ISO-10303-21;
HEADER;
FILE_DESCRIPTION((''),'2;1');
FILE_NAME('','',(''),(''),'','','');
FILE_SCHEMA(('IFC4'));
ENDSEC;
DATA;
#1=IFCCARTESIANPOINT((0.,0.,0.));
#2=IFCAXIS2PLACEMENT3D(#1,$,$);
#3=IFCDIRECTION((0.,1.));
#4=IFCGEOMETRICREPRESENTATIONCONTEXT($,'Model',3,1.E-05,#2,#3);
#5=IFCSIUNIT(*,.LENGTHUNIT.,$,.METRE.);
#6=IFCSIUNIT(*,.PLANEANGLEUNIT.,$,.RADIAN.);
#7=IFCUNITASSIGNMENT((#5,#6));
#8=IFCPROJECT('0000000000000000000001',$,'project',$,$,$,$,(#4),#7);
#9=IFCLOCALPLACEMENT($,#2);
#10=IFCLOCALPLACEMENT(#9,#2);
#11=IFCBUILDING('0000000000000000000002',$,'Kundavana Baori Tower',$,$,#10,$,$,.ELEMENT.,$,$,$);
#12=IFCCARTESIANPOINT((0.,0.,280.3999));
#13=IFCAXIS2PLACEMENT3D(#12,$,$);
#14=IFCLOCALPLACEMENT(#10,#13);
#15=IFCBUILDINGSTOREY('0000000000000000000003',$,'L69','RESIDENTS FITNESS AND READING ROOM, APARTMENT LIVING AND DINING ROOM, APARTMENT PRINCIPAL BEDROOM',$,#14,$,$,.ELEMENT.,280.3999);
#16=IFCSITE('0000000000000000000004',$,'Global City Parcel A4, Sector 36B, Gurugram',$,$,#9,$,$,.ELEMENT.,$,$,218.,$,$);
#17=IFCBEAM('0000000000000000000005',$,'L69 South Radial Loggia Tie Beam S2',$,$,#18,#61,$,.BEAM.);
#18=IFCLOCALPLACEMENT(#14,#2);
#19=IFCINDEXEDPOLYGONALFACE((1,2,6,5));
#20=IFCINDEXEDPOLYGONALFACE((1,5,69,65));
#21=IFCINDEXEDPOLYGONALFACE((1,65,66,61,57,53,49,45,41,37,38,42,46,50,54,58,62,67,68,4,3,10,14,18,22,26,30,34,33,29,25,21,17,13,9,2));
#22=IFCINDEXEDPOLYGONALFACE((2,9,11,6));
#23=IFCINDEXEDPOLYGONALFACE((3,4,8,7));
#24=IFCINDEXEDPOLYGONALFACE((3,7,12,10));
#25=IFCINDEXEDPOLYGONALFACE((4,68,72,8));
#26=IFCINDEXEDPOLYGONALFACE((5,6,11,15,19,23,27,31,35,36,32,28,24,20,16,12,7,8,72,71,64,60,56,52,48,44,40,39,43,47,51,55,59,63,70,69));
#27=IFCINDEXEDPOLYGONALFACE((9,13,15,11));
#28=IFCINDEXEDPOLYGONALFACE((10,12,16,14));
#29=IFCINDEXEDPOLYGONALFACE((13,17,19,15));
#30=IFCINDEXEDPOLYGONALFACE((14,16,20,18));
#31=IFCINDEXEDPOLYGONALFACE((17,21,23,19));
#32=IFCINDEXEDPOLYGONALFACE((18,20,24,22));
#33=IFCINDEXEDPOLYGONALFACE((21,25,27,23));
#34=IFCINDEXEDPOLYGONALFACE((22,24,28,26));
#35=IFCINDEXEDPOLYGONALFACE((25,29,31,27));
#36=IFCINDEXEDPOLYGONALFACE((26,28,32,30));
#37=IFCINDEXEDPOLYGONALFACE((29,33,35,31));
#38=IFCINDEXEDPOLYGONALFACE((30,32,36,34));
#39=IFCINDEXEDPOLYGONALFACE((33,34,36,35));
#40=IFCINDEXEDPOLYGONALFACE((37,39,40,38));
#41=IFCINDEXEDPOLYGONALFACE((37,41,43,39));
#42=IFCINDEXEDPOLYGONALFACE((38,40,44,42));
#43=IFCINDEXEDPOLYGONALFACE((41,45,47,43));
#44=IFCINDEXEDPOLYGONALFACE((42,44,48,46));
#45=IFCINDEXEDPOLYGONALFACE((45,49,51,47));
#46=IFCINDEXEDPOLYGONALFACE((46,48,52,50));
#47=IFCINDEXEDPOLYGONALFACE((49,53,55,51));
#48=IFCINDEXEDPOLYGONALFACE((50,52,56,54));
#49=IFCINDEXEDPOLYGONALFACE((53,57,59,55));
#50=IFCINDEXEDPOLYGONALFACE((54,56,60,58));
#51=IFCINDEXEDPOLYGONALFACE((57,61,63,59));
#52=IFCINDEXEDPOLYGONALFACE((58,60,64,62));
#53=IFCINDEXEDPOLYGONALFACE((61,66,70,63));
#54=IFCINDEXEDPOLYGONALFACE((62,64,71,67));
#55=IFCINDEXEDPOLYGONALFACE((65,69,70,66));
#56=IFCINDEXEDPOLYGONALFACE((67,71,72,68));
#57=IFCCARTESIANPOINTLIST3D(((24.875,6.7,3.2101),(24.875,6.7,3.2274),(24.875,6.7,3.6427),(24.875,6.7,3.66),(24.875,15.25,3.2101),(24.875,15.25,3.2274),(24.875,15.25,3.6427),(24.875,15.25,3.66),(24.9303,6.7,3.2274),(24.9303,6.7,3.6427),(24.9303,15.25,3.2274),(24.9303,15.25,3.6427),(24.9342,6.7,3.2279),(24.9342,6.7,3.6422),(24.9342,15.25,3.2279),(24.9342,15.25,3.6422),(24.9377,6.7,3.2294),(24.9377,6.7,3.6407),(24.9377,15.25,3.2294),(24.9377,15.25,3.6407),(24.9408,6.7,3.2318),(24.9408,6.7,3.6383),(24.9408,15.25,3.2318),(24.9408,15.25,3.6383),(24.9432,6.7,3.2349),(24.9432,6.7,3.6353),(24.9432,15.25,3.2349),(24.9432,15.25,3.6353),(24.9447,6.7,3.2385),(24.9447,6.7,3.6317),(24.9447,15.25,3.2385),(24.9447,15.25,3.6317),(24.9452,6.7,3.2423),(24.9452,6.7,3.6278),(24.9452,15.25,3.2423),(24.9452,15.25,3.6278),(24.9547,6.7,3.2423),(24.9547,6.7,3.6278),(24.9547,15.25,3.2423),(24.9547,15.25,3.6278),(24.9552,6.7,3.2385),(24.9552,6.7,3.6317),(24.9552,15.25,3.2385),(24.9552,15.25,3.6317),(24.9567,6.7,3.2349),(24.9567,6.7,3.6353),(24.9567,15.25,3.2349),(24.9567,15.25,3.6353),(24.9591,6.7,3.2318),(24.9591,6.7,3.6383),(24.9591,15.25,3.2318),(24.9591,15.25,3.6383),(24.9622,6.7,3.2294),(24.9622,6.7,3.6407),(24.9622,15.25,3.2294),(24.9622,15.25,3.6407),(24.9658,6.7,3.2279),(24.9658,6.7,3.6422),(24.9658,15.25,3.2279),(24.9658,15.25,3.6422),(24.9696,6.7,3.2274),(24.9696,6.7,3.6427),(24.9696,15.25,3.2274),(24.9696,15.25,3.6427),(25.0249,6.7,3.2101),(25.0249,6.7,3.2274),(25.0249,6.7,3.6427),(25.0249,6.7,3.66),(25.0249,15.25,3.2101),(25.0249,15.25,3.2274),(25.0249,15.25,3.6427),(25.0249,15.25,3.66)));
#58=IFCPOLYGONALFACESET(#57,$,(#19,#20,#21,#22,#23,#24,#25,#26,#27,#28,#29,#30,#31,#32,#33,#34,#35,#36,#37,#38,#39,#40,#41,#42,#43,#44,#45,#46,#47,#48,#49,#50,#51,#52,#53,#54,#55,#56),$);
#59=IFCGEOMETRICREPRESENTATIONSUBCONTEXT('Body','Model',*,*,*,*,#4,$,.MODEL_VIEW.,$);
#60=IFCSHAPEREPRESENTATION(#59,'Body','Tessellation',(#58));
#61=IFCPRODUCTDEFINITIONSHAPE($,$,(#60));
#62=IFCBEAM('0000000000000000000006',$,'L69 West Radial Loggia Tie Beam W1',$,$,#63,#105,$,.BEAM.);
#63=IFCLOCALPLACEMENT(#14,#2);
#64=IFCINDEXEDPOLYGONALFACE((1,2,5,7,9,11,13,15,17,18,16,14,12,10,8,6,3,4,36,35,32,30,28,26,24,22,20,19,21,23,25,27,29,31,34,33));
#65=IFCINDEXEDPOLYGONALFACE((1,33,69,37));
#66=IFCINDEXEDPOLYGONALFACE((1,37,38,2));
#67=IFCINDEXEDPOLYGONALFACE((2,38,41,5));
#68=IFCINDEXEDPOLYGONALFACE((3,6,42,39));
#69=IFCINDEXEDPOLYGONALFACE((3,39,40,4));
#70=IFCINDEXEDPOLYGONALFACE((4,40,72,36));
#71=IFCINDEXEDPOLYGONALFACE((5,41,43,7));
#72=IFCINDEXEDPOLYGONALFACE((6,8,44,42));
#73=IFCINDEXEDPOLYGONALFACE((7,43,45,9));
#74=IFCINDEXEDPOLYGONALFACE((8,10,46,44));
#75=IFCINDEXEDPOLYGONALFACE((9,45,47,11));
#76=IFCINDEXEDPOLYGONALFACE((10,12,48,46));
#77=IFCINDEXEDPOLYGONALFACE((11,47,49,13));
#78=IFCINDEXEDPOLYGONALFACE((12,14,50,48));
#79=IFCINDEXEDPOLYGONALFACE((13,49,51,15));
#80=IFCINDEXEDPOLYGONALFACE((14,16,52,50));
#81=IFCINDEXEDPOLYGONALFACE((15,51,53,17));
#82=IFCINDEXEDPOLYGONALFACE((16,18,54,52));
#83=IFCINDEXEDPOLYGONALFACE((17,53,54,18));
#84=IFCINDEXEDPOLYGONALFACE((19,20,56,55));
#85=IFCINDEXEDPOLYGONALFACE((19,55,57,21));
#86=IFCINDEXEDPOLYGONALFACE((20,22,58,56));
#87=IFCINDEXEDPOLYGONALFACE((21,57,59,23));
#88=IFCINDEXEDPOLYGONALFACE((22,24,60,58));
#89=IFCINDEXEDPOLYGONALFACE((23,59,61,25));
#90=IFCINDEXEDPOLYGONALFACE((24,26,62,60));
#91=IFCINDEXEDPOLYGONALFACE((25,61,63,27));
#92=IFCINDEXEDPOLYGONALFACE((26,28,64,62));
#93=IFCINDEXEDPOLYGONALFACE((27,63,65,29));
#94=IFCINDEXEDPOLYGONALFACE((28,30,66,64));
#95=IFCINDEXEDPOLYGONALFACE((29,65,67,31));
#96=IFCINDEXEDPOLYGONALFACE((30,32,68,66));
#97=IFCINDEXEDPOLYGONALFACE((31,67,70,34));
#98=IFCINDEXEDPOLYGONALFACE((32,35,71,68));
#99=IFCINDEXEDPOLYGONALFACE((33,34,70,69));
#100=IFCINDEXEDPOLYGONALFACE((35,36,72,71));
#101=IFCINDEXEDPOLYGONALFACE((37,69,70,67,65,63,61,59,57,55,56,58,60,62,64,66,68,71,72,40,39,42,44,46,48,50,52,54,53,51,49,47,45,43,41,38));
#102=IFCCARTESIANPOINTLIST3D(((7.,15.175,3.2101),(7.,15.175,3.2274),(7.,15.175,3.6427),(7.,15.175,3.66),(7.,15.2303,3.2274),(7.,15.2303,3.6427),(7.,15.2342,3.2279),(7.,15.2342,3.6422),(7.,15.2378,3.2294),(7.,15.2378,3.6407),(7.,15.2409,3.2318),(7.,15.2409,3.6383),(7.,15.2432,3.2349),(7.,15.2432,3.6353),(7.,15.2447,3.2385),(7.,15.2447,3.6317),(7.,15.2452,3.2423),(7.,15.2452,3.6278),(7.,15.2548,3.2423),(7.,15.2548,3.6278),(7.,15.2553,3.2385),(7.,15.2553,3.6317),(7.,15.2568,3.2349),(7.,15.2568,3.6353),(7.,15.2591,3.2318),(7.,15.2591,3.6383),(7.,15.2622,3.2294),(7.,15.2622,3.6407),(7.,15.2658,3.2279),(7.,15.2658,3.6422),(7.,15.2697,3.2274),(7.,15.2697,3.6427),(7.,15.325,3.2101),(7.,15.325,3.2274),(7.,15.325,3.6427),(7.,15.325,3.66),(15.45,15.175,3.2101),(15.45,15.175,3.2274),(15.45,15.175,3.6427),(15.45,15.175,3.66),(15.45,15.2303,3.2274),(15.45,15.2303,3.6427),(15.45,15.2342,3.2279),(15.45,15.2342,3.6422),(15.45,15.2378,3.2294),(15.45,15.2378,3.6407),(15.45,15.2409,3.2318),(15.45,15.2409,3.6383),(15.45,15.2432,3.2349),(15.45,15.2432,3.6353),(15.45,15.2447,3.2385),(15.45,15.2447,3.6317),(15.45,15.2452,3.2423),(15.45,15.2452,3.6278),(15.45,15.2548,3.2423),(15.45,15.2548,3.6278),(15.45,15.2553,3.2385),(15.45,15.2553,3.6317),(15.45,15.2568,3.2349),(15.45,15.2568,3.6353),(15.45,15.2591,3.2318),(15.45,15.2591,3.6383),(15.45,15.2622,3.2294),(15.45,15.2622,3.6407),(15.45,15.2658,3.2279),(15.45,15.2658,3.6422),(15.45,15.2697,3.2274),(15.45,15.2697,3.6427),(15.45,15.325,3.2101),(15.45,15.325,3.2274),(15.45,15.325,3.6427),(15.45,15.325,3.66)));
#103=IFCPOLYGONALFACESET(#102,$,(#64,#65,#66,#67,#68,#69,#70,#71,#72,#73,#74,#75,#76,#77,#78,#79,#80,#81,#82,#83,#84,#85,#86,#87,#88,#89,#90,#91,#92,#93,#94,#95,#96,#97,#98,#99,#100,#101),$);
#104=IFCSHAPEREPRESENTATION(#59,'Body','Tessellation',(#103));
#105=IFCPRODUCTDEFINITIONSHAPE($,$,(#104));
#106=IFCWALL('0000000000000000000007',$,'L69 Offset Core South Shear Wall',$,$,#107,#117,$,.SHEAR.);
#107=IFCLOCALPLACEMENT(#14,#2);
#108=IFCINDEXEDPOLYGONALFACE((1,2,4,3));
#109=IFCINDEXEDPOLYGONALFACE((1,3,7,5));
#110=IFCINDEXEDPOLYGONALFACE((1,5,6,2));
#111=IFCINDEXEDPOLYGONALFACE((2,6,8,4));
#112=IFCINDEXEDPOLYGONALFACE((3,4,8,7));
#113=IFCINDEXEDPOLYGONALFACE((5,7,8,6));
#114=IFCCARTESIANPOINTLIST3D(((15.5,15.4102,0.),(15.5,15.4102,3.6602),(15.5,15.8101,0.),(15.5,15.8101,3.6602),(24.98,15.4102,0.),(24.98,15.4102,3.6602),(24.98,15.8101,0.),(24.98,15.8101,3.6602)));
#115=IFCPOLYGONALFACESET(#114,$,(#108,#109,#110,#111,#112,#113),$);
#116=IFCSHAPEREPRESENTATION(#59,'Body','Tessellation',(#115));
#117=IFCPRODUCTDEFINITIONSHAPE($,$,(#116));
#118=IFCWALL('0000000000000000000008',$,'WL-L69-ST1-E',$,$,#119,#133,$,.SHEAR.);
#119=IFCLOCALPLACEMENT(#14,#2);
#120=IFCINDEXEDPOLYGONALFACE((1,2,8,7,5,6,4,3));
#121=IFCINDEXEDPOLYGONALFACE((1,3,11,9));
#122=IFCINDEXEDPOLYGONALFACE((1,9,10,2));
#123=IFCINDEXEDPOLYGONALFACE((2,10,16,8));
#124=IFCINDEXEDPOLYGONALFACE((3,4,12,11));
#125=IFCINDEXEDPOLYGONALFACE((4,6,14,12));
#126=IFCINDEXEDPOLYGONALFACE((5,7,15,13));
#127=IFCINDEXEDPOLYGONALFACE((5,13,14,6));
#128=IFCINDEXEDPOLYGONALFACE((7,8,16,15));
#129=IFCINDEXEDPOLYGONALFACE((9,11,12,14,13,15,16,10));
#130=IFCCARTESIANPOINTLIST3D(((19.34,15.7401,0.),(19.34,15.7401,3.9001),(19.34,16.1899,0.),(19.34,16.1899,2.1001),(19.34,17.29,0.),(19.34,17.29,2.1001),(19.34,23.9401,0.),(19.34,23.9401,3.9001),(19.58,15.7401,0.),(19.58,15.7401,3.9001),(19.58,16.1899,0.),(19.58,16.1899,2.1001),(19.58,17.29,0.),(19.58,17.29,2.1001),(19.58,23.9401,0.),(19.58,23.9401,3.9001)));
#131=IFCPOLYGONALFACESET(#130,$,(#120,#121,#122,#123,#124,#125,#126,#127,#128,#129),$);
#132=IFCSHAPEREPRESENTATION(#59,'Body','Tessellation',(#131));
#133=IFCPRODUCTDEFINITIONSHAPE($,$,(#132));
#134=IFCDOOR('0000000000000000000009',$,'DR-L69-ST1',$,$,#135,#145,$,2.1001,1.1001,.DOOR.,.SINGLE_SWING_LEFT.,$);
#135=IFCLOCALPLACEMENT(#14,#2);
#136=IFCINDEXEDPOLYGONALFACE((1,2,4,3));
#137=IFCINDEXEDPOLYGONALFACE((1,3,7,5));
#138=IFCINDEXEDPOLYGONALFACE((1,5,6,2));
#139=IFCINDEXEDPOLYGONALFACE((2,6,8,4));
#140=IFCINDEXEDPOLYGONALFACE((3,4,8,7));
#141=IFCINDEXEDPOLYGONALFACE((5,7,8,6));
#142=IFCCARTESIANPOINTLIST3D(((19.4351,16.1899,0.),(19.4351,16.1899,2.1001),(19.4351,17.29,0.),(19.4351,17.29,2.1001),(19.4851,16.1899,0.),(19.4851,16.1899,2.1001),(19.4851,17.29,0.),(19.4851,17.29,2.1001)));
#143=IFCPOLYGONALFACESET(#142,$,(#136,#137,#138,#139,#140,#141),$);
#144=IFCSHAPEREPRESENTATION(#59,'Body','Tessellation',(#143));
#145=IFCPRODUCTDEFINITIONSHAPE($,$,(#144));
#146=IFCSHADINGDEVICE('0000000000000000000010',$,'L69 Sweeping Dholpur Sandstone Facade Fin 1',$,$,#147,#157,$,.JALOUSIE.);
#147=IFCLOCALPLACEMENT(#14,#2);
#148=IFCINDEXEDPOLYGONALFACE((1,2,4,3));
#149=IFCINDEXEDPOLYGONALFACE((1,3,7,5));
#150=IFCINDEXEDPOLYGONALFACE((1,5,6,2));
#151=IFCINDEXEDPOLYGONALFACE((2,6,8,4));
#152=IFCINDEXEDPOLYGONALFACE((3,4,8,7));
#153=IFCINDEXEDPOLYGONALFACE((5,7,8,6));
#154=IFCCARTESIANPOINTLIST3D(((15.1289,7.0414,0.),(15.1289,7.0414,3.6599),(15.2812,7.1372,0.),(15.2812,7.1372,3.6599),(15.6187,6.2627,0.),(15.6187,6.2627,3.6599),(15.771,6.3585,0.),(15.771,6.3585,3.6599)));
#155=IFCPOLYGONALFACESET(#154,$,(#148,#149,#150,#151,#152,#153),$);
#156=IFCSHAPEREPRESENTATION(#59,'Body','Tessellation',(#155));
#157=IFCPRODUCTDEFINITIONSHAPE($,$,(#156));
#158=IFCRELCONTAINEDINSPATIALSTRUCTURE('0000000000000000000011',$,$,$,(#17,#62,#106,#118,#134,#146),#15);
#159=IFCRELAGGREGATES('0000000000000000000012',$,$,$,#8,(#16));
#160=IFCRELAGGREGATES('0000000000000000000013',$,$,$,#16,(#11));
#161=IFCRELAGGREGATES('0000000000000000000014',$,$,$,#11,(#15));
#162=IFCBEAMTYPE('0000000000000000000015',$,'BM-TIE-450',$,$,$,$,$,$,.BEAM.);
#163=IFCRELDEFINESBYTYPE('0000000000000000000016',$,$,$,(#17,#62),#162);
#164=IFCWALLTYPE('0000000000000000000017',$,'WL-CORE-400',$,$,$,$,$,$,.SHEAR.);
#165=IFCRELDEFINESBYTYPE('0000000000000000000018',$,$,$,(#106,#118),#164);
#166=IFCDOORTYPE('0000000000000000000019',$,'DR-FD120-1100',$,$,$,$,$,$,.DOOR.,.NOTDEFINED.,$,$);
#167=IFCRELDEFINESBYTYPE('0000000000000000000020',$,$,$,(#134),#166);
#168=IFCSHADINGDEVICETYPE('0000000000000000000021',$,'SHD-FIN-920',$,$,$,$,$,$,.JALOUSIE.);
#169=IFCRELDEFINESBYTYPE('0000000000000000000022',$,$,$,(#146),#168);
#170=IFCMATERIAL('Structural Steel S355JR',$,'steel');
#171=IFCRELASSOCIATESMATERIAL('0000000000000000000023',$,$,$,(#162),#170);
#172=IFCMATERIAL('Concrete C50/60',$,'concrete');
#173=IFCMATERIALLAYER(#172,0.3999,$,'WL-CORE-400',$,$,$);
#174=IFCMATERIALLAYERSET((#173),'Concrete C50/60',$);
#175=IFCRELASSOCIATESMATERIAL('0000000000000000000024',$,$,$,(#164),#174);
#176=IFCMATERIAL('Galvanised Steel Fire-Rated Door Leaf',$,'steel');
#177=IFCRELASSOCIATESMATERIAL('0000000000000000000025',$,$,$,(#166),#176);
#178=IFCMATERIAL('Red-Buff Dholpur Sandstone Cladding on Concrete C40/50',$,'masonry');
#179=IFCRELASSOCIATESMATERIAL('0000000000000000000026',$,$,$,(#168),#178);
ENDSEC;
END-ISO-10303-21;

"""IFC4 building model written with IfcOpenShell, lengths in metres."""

from ifc_helpers import new_model, si_unit, direction, frame, frame_2d, origin, origin_2d, place, context, subcontext, project, spatial, rectangle, i_section, extrude, material, layer, layer_set, material_profile, profile_set, type_object, element, fill, save


model = new_model("IFC4")

# Units and contexts
model_context = context("Model", 3, precision=1e-05, world=origin(), true_north=direction((0.0, 1.0)))
body_context = subcontext(model_context, "Body", "Model", "MODEL_VIEW")
ifc_project = project(units=[si_unit("LENGTHUNIT", "METRE"), si_unit("PLANEANGLEUNIT", "RADIAN")], contexts=[model_context])

# Site, building, storey
site_placement = place(None, origin())
site = spatial("IfcSite", under=ifc_project, at=site_placement, Name="Global City Parcel A4, Sector 36B, Gurugram", CompositionType="ELEMENT", RefElevation=218.0)
building_placement = place(site_placement, origin())
building = spatial("IfcBuilding", under=site, at=building_placement, Name="Kundavana Baori Tower", CompositionType="ELEMENT")
storey_placement = place(building_placement, frame((0.0, 0.0, 280.3999)))
storey = spatial("IfcBuildingStorey", under=building, at=storey_placement, Name="L69", Description="RESIDENTS FITNESS AND READING ROOM, APARTMENT LIVING AND DINING ROOM, APARTMENT PRINCIPAL BEDROOM", CompositionType="ELEMENT", Elevation=280.3999)

# Beams
ifc_material_1 = material(Name="Structural Steel S355JR", Category="steel")
ifc_material_profile_1 = material_profile(ifc_material_1, i_section(OverallWidth=0.1499, OverallDepth=0.45, WebThickness=0.0095, FlangeThickness=0.0173, FilletRadius=0.0149, at=origin_2d()), Name="ISMB 450")
ifc_profile_set_1 = profile_set([ifc_material_profile_1], Name="Structural Steel S355JR")
beam_type_1 = type_object("IfcBeamType", Name="BM-TIE-450", PredefinedType="BEAM", material=ifc_profile_set_1)
for number, where, z_axis, x_axis, name in (
    (1, (24.95, 15.25, 3.4351), (0.0, -1.0, 0.0), (1.0, 0.0, 0.0), "L69 South Radial Loggia Tie Beam S2"),
):
    element("IfcBeam", number, at=place(storey_placement, frame(where, z_axis=z_axis, x_axis=x_axis)), inside=storey, type_object=beam_type_1, Name=name, PredefinedType="BEAM", context=body_context, shape_type="SweptSolid", body=[
        extrude(i_section(OverallWidth=0.1499, OverallDepth=0.45, WebThickness=0.0095, FlangeThickness=0.0173, FilletRadius=0.0149, at=origin_2d()), origin(), (0.0, 0.0, 1.0), 8.55),
    ])
beam_1_placement = place(storey_placement, frame((15.45, 15.25, 3.4351), z_axis=(-1.0, 0.0, 0.0), x_axis=(0.0, -1.0, 0.0)))
element("IfcBeam", 2, at=beam_1_placement, inside=storey, type_object=beam_type_1, Name="L69 West Radial Loggia Tie Beam W1", PredefinedType="BEAM", context=body_context, shape_type="SweptSolid", body=[
    extrude(i_section(OverallWidth=0.1499, OverallDepth=0.45, WebThickness=0.0095, FlangeThickness=0.0173, FilletRadius=0.0149, at=origin_2d()), origin(), (0.0, 0.0, 1.0), 8.45),
])

# Wall
ifc_material_2 = material(Name="Concrete C50/60", Category="concrete")
ifc_layer = layer(ifc_material_2, 0.3999, Name="WL-CORE-400")
ifc_layer_set = layer_set([ifc_layer], Name="Concrete C50/60")
wall_type = type_object("IfcWallType", Name="WL-CORE-400", PredefinedType="SHEAR", material=ifc_layer_set)
wall_1_placement = place(storey_placement, frame((15.5, 15.6101, 0.0), z_axis=(0.0, 0.0, 1.0), x_axis=(1.0, 0.0, 0.0)))
element("IfcWall", 3, at=wall_1_placement, inside=storey, type_object=wall_type, Name="L69 Offset Core South Shear Wall", PredefinedType="SHEAR", context=body_context, shape_type="SweptSolid", body=[
    extrude(rectangle(XDim=9.48, YDim=0.3999, at=frame_2d((4.74, 0.0))), origin(), (0.0, 0.0, 1.0), 3.6602),
])

# Wall, opening, door
wall_2_placement = place(storey_placement, frame((19.46, 15.74, 0.0), z_axis=(0.0, 0.0, 1.0), x_axis=(0.0, 1.0, 0.0)))
wall_2 = element("IfcWall", 4, at=wall_2_placement, inside=storey, type_object=wall_type, Name="WL-L69-ST1-E", PredefinedType="SHEAR", context=body_context, shape_type="SweptSolid", body=[
    extrude(rectangle(XDim=8.2, YDim=0.24, at=frame_2d((4.1001, 0.0))), origin(), (0.0, 0.0, 1.0), 3.9001),
])
opening_1_placement = place(wall_2_placement, frame((0.45, 0.0, 0.0)))
opening_1 = element("IfcOpeningElement", 5, at=opening_1_placement, cuts=wall_2, PredefinedType="OPENING", context=body_context, shape_type="SweptSolid", body=[
    extrude(rectangle(XDim=1.1001, YDim=2.1001, at=frame_2d((0.55, 1.05))), frame((0.0, 0.1299, 0.0), z_axis=(0.0, -1.0, 0.0), x_axis=(1.0, 0.0, 0.0)), (0.0, 0.0, 1.0), 0.26),
])
ifc_material_3 = material(Name="Galvanised Steel Fire-Rated Door Leaf", Category="steel")
door_type_1 = type_object("IfcDoorType", Name="DR-FD120-1100", OperationType="NOTDEFINED", PredefinedType="DOOR", material=ifc_material_3)
door_1_placement = place(opening_1_placement, origin())
door_1 = element("IfcDoor", 6, at=door_1_placement, inside=storey, type_object=door_type_1, Name="DR-L69-ST1", OperationType="SINGLE_SWING_LEFT", OverallHeight=2.1001, OverallWidth=1.1001, PredefinedType="DOOR", context=body_context, shape_type="SweptSolid", body=[
    extrude(rectangle(XDim=1.1001, YDim=2.1001, at=frame_2d((0.55, 1.05))), frame((0.0, 0.0249, 0.0), z_axis=(0.0, -1.0, 0.0), x_axis=(1.0, 0.0, 0.0)), (0.0, 0.0, 1.0), 0.05),
])
fill(opening_1, door_1)

# Shading device
ifc_material_4 = material(Name="Red-Buff Dholpur Sandstone Cladding on Concrete C40/50", Category="masonry")
shading_device_type = type_object("IfcShadingDeviceType", Name="SHD-FIN-920", PredefinedType="JALOUSIE", material=ifc_material_4)
shading_device_placement = place(storey_placement, frame((15.45, 6.7, 0.0), z_axis=(0.0, 0.0, 1.0), x_axis=(0.846472, 0.532433, 0.0)))
element("IfcShadingDevice", 7, at=shading_device_placement, inside=storey, type_object=shading_device_type, Name="L69 Sweeping Dholpur Sandstone Facade Fin 1", PredefinedType="JALOUSIE", context=body_context, shape_type="SweptSolid", body=[
    extrude(rectangle(XDim=0.1799, YDim=0.9199, at=origin_2d()), origin(), (0.0, 0.0, 1.0), 3.6599),
])

save(model, "model.ifc")
